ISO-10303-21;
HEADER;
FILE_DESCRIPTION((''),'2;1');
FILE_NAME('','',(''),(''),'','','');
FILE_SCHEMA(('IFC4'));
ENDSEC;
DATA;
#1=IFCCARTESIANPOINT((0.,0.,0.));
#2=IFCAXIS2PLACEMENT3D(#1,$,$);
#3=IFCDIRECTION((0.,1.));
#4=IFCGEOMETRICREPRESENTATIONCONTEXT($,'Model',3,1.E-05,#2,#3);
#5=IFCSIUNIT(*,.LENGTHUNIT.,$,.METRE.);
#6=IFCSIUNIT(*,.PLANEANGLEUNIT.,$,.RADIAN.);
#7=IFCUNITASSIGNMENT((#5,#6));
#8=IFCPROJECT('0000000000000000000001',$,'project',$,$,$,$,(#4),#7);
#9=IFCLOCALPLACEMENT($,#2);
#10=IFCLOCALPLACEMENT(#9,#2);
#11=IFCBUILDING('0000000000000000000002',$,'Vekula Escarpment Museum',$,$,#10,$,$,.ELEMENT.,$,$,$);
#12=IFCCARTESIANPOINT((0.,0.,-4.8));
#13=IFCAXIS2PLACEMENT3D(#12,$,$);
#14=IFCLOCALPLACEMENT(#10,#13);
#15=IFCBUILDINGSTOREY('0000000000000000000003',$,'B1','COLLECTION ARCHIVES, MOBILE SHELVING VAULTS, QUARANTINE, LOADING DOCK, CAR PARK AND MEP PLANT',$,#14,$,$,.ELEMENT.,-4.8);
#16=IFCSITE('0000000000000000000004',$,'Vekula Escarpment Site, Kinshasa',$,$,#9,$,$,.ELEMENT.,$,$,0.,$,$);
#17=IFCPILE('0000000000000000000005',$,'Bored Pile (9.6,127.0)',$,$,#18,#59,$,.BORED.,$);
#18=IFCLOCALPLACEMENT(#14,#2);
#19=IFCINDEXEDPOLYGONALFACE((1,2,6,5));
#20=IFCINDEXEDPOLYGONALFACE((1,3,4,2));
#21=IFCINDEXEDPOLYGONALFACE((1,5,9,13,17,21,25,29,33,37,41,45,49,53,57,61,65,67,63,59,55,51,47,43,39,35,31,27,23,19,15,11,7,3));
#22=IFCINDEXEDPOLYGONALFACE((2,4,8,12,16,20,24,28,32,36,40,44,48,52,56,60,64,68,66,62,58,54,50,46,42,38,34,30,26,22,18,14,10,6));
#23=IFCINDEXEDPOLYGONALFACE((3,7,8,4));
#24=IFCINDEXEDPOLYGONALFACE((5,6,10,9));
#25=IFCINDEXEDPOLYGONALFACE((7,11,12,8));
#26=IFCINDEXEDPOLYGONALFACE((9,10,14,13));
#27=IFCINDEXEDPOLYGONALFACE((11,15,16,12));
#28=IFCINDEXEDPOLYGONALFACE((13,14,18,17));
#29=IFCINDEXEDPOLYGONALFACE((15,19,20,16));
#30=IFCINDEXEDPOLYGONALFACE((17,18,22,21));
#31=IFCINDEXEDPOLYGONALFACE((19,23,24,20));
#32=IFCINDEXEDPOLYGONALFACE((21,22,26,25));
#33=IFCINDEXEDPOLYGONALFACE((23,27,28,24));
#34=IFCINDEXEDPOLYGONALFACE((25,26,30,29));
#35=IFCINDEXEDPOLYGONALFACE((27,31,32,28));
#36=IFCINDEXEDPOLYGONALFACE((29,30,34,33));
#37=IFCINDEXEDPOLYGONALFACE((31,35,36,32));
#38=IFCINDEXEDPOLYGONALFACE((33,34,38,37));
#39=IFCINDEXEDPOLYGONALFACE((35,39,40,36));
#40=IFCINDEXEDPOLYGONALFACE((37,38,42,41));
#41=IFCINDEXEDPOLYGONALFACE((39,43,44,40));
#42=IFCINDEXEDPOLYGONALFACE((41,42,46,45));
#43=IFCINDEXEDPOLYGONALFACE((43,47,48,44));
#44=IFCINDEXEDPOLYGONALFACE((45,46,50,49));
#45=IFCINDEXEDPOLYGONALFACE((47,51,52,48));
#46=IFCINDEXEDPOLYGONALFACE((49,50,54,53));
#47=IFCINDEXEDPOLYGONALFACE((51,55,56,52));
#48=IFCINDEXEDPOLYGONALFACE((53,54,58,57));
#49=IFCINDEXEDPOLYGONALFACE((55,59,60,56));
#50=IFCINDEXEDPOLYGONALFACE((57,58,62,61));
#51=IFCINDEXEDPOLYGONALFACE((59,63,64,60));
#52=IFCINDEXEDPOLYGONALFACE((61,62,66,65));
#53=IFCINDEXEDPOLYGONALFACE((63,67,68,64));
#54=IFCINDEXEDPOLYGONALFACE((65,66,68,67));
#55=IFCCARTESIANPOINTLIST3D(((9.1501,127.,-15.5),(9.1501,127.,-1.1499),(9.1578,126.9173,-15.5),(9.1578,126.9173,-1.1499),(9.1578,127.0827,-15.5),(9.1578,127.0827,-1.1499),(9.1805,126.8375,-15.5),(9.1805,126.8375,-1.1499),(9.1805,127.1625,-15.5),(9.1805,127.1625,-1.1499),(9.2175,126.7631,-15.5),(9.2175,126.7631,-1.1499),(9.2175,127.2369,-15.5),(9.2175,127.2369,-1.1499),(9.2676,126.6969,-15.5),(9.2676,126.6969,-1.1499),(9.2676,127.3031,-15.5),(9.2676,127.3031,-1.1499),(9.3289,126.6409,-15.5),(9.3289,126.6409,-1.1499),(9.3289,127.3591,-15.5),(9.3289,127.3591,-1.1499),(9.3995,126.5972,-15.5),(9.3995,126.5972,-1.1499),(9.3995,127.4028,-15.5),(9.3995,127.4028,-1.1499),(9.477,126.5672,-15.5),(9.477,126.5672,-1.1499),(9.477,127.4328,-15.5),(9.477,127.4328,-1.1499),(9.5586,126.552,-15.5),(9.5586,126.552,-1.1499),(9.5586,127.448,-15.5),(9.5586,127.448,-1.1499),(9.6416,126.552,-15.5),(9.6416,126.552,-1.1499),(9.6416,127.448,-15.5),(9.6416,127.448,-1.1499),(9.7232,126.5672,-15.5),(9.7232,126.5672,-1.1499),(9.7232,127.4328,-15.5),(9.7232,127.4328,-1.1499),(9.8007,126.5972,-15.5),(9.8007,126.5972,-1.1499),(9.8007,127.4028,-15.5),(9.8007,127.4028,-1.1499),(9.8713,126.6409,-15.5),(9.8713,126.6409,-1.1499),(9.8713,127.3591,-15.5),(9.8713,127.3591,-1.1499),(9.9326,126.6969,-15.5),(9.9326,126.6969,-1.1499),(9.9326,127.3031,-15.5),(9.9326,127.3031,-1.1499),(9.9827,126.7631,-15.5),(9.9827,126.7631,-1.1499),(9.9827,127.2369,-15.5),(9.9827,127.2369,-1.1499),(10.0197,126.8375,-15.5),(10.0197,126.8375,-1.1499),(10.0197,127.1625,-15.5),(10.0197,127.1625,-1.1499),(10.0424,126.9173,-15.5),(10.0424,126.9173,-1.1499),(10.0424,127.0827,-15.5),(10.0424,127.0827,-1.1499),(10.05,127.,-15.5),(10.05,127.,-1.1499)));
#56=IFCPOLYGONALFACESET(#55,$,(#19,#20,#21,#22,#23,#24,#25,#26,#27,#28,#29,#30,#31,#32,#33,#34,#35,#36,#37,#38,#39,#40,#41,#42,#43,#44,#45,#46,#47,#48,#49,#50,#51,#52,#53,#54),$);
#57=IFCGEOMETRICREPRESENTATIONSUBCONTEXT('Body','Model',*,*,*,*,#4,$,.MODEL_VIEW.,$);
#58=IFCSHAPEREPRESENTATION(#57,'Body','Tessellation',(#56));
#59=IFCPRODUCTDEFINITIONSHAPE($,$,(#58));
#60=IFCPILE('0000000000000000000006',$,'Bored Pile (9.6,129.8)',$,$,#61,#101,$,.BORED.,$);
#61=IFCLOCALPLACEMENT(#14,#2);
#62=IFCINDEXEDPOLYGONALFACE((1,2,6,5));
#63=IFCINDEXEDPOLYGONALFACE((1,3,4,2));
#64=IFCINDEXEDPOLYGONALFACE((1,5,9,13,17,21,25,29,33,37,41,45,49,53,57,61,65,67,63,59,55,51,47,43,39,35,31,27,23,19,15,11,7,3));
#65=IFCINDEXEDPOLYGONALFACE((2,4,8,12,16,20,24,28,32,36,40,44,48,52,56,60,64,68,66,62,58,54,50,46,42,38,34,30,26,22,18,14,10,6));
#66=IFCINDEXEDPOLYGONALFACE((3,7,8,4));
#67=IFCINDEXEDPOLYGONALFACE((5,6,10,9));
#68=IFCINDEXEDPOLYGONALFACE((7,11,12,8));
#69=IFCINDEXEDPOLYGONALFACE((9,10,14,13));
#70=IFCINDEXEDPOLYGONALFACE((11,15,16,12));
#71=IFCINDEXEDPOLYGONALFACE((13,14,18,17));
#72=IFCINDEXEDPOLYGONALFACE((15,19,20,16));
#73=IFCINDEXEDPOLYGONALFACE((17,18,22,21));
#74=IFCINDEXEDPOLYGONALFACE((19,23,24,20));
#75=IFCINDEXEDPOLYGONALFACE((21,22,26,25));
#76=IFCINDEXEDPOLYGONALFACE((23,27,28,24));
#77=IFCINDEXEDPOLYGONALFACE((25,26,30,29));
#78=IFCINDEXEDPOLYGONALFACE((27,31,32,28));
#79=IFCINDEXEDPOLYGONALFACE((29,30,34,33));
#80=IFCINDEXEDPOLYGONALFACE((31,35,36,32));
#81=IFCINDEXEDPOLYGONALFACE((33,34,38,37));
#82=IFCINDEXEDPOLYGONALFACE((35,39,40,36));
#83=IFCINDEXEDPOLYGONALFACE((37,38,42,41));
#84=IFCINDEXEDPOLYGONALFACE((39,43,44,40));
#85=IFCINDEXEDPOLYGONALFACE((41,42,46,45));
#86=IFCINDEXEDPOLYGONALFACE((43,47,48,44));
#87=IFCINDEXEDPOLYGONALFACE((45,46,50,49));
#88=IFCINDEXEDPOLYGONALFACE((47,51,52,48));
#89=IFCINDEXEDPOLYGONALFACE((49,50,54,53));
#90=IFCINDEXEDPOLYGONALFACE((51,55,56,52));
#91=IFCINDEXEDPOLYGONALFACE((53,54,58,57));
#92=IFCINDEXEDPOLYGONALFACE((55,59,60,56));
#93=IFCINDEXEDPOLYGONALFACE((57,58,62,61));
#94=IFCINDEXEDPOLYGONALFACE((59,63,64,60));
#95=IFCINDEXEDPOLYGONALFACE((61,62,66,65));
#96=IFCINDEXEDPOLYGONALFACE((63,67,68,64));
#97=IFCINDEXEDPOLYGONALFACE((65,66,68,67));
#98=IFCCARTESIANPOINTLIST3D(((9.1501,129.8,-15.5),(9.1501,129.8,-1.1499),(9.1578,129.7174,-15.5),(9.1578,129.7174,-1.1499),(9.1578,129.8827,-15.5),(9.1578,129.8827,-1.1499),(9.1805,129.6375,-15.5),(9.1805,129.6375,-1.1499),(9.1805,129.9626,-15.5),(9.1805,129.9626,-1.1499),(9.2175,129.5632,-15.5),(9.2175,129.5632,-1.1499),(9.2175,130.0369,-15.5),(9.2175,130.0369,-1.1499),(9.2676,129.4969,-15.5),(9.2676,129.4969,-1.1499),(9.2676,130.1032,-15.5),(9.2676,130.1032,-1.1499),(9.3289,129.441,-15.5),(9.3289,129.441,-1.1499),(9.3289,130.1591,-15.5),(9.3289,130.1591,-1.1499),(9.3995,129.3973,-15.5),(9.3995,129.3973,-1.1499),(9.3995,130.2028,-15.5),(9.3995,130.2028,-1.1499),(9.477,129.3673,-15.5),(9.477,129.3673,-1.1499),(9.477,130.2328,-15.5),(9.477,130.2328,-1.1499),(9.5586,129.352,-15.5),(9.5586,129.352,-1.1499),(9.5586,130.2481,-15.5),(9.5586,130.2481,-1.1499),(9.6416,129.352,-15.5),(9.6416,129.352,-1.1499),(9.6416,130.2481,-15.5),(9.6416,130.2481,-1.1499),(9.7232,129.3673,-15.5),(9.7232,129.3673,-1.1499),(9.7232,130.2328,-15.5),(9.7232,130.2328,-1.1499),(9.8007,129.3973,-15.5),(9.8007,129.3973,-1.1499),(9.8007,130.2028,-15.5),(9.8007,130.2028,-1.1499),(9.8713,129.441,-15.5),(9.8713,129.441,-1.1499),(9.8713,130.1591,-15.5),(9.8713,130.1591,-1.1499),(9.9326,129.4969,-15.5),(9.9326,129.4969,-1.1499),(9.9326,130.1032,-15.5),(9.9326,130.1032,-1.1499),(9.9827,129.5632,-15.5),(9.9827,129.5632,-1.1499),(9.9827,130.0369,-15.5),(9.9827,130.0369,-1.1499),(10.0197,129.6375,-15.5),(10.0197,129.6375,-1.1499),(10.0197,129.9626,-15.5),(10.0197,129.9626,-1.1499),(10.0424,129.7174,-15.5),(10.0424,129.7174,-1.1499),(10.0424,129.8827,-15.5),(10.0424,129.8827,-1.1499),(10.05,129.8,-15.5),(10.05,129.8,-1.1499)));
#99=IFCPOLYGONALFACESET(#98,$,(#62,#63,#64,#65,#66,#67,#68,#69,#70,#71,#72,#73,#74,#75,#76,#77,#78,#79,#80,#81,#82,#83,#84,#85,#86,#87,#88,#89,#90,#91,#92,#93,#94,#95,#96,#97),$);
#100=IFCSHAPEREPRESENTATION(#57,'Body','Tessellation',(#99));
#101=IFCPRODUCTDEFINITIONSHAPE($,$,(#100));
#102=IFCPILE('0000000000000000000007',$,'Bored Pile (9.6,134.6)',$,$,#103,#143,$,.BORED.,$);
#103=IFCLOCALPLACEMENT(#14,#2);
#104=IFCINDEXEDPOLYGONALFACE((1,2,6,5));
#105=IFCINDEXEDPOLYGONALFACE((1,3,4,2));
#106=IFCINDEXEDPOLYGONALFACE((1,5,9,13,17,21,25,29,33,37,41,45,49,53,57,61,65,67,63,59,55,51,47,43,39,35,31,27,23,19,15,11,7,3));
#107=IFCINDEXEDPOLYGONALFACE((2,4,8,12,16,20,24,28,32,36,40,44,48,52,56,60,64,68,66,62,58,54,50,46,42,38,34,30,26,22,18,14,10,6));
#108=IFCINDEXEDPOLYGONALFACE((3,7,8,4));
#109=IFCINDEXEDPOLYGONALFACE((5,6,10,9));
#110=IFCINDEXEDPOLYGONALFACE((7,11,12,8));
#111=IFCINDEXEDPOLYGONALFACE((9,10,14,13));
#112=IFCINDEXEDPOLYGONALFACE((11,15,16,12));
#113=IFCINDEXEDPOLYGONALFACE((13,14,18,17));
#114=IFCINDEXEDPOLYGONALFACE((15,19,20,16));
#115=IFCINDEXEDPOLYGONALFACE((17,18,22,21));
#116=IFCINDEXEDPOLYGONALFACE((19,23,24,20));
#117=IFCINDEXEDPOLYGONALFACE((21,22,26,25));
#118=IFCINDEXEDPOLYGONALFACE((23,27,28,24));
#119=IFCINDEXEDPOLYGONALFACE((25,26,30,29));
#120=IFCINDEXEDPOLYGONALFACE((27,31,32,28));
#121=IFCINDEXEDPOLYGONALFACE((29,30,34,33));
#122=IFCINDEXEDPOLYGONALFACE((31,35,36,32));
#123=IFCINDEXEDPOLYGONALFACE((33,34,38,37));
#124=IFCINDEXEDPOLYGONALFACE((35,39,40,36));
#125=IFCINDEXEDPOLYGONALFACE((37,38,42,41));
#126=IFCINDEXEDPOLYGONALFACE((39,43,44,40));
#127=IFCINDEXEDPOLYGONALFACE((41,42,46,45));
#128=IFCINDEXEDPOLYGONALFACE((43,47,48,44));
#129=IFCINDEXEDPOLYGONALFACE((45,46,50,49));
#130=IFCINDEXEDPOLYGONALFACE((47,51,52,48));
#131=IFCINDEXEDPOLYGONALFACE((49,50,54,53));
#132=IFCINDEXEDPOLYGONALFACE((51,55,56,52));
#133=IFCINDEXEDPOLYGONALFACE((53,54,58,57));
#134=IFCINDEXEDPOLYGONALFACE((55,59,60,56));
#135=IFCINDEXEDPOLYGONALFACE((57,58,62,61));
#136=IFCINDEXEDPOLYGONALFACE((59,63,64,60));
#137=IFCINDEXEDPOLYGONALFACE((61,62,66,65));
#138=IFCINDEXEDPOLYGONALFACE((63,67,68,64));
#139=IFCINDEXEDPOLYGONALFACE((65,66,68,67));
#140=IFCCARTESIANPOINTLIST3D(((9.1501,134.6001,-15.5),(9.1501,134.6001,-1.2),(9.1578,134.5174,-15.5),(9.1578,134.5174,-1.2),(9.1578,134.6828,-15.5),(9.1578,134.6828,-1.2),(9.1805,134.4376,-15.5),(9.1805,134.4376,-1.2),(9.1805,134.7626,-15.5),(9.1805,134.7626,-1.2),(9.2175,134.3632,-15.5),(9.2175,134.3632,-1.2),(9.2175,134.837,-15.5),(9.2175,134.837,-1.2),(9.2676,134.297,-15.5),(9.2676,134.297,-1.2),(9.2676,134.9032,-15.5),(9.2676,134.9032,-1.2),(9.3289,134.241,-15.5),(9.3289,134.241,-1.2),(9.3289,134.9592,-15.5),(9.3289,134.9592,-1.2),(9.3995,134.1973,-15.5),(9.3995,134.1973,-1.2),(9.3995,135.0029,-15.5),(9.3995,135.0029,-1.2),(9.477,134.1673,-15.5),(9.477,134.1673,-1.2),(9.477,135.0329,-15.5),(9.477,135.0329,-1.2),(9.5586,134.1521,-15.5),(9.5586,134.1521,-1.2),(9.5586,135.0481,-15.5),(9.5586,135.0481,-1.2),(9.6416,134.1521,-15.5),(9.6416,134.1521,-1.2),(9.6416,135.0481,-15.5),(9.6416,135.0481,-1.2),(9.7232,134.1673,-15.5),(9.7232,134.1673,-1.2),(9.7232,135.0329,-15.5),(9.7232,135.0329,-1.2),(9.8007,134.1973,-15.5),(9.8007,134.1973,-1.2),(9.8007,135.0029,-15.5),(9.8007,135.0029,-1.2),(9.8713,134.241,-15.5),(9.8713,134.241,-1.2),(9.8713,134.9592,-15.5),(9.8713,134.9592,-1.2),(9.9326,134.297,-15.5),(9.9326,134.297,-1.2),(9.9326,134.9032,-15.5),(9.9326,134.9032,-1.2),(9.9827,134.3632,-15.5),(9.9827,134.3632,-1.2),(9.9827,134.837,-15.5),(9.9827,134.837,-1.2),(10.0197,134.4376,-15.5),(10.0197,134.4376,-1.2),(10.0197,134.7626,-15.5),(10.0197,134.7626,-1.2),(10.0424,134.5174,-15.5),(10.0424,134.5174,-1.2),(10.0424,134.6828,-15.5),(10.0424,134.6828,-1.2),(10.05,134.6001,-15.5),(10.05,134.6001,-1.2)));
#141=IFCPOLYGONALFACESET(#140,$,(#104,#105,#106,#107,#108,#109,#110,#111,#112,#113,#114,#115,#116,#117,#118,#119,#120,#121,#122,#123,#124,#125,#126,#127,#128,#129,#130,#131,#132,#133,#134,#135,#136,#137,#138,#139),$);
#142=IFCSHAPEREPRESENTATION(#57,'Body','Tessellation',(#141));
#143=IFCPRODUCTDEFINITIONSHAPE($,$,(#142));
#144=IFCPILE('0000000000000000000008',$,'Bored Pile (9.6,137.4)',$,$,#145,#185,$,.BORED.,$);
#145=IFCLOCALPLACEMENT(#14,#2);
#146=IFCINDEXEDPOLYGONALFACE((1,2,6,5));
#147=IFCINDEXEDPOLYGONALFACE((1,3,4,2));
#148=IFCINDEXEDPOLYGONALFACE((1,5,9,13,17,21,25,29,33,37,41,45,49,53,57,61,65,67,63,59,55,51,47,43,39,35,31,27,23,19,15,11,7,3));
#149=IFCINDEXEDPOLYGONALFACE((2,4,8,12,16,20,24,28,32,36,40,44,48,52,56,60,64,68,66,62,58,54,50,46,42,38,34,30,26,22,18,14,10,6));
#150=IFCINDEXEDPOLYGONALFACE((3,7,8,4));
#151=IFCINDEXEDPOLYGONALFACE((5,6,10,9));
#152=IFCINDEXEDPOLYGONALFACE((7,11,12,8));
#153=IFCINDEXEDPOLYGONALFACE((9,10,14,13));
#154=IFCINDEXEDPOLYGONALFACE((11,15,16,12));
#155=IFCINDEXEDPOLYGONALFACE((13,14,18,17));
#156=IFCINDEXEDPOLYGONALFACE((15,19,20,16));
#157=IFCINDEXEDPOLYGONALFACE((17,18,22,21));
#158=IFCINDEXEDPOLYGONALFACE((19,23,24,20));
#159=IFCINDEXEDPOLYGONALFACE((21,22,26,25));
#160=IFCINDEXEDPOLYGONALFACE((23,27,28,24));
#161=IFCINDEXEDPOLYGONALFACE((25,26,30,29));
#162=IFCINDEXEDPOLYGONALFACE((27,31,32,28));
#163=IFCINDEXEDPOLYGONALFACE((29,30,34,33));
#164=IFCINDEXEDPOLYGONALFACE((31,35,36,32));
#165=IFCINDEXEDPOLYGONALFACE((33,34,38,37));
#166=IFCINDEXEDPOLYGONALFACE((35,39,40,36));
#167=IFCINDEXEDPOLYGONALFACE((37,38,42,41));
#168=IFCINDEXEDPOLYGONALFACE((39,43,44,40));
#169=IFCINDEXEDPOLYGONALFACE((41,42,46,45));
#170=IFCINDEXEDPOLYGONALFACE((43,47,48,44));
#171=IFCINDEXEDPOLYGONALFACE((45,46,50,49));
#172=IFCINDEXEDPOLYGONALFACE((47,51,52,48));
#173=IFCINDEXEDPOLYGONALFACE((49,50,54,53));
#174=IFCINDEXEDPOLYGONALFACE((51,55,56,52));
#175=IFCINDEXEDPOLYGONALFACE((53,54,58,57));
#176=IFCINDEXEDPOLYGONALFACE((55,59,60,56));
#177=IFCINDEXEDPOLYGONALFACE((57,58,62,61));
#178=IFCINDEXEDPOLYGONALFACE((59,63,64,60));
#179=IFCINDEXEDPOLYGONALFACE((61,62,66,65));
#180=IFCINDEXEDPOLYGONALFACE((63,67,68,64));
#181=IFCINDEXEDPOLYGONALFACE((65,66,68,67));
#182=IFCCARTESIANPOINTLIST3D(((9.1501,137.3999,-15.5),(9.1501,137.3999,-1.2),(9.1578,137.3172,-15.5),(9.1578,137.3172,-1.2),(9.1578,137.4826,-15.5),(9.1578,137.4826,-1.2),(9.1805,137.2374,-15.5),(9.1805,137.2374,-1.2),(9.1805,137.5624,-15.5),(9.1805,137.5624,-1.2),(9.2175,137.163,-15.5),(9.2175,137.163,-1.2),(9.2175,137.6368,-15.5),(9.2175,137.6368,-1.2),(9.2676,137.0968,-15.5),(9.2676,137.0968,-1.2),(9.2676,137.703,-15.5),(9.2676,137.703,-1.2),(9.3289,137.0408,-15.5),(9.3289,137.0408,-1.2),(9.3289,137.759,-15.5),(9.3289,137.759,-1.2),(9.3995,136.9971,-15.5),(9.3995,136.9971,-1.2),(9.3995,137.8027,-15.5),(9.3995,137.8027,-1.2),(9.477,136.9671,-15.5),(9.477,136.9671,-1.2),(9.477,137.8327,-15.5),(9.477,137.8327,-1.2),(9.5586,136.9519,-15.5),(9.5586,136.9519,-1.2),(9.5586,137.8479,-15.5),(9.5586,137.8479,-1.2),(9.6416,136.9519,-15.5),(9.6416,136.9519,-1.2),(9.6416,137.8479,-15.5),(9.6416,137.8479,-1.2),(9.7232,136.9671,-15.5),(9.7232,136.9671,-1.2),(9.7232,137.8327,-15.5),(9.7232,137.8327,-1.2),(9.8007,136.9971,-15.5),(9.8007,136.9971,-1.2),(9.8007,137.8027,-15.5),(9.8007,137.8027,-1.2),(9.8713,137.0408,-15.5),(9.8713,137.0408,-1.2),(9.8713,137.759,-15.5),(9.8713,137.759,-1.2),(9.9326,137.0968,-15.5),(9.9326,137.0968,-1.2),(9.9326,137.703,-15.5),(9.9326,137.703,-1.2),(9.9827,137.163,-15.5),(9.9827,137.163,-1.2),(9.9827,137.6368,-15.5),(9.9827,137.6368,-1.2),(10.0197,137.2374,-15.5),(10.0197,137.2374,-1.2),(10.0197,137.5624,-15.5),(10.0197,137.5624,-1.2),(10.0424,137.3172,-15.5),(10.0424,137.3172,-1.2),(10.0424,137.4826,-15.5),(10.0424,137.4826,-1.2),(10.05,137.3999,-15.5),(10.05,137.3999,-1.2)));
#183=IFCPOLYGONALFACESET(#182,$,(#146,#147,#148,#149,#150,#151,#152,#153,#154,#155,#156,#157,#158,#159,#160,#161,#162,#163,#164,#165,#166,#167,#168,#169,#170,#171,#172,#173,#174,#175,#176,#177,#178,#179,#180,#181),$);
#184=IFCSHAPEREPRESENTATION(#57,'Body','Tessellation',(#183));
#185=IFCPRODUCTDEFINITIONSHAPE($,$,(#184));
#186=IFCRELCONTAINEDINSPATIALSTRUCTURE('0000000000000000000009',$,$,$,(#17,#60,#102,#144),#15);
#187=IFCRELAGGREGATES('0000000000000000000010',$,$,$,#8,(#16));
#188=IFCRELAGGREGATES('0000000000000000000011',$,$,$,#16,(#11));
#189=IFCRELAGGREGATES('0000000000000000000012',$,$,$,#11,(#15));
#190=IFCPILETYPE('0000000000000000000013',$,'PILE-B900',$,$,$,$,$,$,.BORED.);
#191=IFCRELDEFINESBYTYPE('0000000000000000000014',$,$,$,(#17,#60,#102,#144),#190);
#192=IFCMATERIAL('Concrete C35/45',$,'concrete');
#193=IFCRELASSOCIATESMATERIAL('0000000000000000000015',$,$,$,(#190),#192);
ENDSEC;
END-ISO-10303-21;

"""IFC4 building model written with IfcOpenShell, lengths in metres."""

from ifc_helpers import new_model, si_unit, direction, frame, origin, origin_2d, place, context, subcontext, project, spatial, circle, extrude, material, material_profile, profile_set, type_object, element, save


model = new_model("IFC4")

# Units and contexts
model_context = context("Model", 3, precision=1e-05, world=origin(), true_north=direction((0.0, 1.0)))
body_context = subcontext(model_context, "Body", "Model", "MODEL_VIEW")
ifc_project = project(units=[si_unit("LENGTHUNIT", "METRE"), si_unit("PLANEANGLEUNIT", "RADIAN")], contexts=[model_context])

# Site, building, storey
site_placement = place(None, origin())
site = spatial("IfcSite", under=ifc_project, at=site_placement, Name="Vekula Escarpment Site, Kinshasa", CompositionType="ELEMENT", RefElevation=0.0)
building_placement = place(site_placement, origin())
building = spatial("IfcBuilding", under=site, at=building_placement, Name="Vekula Escarpment Museum", CompositionType="ELEMENT")
storey_placement = place(building_placement, frame((0.0, 0.0, -4.8)))
storey = spatial("IfcBuildingStorey", under=building, at=storey_placement, Name="B1", Description="COLLECTION ARCHIVES, MOBILE SHELVING VAULTS, QUARANTINE, LOADING DOCK, CAR PARK AND MEP PLANT", CompositionType="ELEMENT", Elevation=-4.8)

# Piles
ifc_material_1 = material(Name="Concrete C35/45", Category="concrete")
ifc_material_profile_1 = material_profile(ifc_material_1, circle(Radius=0.45, at=origin_2d()), Name="BORED PILE 900")
ifc_profile_set_1 = profile_set([ifc_material_profile_1], Name="Concrete C35/45")
pile_type = type_object("IfcPileType", Name="PILE-B900", PredefinedType="BORED", material=ifc_profile_set_1)
for number, where, z_axis, x_axis, name in (
    (1, (9.6001, 127.0, -1.1499), (0.0, 0.0, -1.0), (1.0, 0.0, 0.0), "Bored Pile (9.6,127.0)"),
    (2, (9.6001, 129.8, -1.1499), (0.0, 0.0, -1.0), (1.0, 0.0, 0.0), "Bored Pile (9.6,129.8)"),
):
    element("IfcPile", number, at=place(storey_placement, frame(where, z_axis=z_axis, x_axis=x_axis)), inside=storey, type_object=pile_type, Name=name, PredefinedType="BORED", context=body_context, shape_type="SweptSolid", body=[
        extrude(circle(Radius=0.45, at=origin_2d()), origin(), (0.0, 0.0, 1.0), 14.3501),
    ])
for number, where, z_axis, x_axis, name in (
    (3, (9.6001, 134.6001, -1.2), (0.0, 0.0, -1.0), (1.0, 0.0, 0.0), "Bored Pile (9.6,134.6)"),
    (4, (9.6001, 137.3999, -1.2), (0.0, 0.0, -1.0), (1.0, 0.0, 0.0), "Bored Pile (9.6,137.4)"),
):
    element("IfcPile", number, at=place(storey_placement, frame(where, z_axis=z_axis, x_axis=x_axis)), inside=storey, type_object=pile_type, Name=name, PredefinedType="BORED", context=body_context, shape_type="SweptSolid", body=[
        extrude(circle(Radius=0.45, at=origin_2d()), origin(), (0.0, 0.0, 1.0), 14.3),
    ])

save(model, "model.ifc")
